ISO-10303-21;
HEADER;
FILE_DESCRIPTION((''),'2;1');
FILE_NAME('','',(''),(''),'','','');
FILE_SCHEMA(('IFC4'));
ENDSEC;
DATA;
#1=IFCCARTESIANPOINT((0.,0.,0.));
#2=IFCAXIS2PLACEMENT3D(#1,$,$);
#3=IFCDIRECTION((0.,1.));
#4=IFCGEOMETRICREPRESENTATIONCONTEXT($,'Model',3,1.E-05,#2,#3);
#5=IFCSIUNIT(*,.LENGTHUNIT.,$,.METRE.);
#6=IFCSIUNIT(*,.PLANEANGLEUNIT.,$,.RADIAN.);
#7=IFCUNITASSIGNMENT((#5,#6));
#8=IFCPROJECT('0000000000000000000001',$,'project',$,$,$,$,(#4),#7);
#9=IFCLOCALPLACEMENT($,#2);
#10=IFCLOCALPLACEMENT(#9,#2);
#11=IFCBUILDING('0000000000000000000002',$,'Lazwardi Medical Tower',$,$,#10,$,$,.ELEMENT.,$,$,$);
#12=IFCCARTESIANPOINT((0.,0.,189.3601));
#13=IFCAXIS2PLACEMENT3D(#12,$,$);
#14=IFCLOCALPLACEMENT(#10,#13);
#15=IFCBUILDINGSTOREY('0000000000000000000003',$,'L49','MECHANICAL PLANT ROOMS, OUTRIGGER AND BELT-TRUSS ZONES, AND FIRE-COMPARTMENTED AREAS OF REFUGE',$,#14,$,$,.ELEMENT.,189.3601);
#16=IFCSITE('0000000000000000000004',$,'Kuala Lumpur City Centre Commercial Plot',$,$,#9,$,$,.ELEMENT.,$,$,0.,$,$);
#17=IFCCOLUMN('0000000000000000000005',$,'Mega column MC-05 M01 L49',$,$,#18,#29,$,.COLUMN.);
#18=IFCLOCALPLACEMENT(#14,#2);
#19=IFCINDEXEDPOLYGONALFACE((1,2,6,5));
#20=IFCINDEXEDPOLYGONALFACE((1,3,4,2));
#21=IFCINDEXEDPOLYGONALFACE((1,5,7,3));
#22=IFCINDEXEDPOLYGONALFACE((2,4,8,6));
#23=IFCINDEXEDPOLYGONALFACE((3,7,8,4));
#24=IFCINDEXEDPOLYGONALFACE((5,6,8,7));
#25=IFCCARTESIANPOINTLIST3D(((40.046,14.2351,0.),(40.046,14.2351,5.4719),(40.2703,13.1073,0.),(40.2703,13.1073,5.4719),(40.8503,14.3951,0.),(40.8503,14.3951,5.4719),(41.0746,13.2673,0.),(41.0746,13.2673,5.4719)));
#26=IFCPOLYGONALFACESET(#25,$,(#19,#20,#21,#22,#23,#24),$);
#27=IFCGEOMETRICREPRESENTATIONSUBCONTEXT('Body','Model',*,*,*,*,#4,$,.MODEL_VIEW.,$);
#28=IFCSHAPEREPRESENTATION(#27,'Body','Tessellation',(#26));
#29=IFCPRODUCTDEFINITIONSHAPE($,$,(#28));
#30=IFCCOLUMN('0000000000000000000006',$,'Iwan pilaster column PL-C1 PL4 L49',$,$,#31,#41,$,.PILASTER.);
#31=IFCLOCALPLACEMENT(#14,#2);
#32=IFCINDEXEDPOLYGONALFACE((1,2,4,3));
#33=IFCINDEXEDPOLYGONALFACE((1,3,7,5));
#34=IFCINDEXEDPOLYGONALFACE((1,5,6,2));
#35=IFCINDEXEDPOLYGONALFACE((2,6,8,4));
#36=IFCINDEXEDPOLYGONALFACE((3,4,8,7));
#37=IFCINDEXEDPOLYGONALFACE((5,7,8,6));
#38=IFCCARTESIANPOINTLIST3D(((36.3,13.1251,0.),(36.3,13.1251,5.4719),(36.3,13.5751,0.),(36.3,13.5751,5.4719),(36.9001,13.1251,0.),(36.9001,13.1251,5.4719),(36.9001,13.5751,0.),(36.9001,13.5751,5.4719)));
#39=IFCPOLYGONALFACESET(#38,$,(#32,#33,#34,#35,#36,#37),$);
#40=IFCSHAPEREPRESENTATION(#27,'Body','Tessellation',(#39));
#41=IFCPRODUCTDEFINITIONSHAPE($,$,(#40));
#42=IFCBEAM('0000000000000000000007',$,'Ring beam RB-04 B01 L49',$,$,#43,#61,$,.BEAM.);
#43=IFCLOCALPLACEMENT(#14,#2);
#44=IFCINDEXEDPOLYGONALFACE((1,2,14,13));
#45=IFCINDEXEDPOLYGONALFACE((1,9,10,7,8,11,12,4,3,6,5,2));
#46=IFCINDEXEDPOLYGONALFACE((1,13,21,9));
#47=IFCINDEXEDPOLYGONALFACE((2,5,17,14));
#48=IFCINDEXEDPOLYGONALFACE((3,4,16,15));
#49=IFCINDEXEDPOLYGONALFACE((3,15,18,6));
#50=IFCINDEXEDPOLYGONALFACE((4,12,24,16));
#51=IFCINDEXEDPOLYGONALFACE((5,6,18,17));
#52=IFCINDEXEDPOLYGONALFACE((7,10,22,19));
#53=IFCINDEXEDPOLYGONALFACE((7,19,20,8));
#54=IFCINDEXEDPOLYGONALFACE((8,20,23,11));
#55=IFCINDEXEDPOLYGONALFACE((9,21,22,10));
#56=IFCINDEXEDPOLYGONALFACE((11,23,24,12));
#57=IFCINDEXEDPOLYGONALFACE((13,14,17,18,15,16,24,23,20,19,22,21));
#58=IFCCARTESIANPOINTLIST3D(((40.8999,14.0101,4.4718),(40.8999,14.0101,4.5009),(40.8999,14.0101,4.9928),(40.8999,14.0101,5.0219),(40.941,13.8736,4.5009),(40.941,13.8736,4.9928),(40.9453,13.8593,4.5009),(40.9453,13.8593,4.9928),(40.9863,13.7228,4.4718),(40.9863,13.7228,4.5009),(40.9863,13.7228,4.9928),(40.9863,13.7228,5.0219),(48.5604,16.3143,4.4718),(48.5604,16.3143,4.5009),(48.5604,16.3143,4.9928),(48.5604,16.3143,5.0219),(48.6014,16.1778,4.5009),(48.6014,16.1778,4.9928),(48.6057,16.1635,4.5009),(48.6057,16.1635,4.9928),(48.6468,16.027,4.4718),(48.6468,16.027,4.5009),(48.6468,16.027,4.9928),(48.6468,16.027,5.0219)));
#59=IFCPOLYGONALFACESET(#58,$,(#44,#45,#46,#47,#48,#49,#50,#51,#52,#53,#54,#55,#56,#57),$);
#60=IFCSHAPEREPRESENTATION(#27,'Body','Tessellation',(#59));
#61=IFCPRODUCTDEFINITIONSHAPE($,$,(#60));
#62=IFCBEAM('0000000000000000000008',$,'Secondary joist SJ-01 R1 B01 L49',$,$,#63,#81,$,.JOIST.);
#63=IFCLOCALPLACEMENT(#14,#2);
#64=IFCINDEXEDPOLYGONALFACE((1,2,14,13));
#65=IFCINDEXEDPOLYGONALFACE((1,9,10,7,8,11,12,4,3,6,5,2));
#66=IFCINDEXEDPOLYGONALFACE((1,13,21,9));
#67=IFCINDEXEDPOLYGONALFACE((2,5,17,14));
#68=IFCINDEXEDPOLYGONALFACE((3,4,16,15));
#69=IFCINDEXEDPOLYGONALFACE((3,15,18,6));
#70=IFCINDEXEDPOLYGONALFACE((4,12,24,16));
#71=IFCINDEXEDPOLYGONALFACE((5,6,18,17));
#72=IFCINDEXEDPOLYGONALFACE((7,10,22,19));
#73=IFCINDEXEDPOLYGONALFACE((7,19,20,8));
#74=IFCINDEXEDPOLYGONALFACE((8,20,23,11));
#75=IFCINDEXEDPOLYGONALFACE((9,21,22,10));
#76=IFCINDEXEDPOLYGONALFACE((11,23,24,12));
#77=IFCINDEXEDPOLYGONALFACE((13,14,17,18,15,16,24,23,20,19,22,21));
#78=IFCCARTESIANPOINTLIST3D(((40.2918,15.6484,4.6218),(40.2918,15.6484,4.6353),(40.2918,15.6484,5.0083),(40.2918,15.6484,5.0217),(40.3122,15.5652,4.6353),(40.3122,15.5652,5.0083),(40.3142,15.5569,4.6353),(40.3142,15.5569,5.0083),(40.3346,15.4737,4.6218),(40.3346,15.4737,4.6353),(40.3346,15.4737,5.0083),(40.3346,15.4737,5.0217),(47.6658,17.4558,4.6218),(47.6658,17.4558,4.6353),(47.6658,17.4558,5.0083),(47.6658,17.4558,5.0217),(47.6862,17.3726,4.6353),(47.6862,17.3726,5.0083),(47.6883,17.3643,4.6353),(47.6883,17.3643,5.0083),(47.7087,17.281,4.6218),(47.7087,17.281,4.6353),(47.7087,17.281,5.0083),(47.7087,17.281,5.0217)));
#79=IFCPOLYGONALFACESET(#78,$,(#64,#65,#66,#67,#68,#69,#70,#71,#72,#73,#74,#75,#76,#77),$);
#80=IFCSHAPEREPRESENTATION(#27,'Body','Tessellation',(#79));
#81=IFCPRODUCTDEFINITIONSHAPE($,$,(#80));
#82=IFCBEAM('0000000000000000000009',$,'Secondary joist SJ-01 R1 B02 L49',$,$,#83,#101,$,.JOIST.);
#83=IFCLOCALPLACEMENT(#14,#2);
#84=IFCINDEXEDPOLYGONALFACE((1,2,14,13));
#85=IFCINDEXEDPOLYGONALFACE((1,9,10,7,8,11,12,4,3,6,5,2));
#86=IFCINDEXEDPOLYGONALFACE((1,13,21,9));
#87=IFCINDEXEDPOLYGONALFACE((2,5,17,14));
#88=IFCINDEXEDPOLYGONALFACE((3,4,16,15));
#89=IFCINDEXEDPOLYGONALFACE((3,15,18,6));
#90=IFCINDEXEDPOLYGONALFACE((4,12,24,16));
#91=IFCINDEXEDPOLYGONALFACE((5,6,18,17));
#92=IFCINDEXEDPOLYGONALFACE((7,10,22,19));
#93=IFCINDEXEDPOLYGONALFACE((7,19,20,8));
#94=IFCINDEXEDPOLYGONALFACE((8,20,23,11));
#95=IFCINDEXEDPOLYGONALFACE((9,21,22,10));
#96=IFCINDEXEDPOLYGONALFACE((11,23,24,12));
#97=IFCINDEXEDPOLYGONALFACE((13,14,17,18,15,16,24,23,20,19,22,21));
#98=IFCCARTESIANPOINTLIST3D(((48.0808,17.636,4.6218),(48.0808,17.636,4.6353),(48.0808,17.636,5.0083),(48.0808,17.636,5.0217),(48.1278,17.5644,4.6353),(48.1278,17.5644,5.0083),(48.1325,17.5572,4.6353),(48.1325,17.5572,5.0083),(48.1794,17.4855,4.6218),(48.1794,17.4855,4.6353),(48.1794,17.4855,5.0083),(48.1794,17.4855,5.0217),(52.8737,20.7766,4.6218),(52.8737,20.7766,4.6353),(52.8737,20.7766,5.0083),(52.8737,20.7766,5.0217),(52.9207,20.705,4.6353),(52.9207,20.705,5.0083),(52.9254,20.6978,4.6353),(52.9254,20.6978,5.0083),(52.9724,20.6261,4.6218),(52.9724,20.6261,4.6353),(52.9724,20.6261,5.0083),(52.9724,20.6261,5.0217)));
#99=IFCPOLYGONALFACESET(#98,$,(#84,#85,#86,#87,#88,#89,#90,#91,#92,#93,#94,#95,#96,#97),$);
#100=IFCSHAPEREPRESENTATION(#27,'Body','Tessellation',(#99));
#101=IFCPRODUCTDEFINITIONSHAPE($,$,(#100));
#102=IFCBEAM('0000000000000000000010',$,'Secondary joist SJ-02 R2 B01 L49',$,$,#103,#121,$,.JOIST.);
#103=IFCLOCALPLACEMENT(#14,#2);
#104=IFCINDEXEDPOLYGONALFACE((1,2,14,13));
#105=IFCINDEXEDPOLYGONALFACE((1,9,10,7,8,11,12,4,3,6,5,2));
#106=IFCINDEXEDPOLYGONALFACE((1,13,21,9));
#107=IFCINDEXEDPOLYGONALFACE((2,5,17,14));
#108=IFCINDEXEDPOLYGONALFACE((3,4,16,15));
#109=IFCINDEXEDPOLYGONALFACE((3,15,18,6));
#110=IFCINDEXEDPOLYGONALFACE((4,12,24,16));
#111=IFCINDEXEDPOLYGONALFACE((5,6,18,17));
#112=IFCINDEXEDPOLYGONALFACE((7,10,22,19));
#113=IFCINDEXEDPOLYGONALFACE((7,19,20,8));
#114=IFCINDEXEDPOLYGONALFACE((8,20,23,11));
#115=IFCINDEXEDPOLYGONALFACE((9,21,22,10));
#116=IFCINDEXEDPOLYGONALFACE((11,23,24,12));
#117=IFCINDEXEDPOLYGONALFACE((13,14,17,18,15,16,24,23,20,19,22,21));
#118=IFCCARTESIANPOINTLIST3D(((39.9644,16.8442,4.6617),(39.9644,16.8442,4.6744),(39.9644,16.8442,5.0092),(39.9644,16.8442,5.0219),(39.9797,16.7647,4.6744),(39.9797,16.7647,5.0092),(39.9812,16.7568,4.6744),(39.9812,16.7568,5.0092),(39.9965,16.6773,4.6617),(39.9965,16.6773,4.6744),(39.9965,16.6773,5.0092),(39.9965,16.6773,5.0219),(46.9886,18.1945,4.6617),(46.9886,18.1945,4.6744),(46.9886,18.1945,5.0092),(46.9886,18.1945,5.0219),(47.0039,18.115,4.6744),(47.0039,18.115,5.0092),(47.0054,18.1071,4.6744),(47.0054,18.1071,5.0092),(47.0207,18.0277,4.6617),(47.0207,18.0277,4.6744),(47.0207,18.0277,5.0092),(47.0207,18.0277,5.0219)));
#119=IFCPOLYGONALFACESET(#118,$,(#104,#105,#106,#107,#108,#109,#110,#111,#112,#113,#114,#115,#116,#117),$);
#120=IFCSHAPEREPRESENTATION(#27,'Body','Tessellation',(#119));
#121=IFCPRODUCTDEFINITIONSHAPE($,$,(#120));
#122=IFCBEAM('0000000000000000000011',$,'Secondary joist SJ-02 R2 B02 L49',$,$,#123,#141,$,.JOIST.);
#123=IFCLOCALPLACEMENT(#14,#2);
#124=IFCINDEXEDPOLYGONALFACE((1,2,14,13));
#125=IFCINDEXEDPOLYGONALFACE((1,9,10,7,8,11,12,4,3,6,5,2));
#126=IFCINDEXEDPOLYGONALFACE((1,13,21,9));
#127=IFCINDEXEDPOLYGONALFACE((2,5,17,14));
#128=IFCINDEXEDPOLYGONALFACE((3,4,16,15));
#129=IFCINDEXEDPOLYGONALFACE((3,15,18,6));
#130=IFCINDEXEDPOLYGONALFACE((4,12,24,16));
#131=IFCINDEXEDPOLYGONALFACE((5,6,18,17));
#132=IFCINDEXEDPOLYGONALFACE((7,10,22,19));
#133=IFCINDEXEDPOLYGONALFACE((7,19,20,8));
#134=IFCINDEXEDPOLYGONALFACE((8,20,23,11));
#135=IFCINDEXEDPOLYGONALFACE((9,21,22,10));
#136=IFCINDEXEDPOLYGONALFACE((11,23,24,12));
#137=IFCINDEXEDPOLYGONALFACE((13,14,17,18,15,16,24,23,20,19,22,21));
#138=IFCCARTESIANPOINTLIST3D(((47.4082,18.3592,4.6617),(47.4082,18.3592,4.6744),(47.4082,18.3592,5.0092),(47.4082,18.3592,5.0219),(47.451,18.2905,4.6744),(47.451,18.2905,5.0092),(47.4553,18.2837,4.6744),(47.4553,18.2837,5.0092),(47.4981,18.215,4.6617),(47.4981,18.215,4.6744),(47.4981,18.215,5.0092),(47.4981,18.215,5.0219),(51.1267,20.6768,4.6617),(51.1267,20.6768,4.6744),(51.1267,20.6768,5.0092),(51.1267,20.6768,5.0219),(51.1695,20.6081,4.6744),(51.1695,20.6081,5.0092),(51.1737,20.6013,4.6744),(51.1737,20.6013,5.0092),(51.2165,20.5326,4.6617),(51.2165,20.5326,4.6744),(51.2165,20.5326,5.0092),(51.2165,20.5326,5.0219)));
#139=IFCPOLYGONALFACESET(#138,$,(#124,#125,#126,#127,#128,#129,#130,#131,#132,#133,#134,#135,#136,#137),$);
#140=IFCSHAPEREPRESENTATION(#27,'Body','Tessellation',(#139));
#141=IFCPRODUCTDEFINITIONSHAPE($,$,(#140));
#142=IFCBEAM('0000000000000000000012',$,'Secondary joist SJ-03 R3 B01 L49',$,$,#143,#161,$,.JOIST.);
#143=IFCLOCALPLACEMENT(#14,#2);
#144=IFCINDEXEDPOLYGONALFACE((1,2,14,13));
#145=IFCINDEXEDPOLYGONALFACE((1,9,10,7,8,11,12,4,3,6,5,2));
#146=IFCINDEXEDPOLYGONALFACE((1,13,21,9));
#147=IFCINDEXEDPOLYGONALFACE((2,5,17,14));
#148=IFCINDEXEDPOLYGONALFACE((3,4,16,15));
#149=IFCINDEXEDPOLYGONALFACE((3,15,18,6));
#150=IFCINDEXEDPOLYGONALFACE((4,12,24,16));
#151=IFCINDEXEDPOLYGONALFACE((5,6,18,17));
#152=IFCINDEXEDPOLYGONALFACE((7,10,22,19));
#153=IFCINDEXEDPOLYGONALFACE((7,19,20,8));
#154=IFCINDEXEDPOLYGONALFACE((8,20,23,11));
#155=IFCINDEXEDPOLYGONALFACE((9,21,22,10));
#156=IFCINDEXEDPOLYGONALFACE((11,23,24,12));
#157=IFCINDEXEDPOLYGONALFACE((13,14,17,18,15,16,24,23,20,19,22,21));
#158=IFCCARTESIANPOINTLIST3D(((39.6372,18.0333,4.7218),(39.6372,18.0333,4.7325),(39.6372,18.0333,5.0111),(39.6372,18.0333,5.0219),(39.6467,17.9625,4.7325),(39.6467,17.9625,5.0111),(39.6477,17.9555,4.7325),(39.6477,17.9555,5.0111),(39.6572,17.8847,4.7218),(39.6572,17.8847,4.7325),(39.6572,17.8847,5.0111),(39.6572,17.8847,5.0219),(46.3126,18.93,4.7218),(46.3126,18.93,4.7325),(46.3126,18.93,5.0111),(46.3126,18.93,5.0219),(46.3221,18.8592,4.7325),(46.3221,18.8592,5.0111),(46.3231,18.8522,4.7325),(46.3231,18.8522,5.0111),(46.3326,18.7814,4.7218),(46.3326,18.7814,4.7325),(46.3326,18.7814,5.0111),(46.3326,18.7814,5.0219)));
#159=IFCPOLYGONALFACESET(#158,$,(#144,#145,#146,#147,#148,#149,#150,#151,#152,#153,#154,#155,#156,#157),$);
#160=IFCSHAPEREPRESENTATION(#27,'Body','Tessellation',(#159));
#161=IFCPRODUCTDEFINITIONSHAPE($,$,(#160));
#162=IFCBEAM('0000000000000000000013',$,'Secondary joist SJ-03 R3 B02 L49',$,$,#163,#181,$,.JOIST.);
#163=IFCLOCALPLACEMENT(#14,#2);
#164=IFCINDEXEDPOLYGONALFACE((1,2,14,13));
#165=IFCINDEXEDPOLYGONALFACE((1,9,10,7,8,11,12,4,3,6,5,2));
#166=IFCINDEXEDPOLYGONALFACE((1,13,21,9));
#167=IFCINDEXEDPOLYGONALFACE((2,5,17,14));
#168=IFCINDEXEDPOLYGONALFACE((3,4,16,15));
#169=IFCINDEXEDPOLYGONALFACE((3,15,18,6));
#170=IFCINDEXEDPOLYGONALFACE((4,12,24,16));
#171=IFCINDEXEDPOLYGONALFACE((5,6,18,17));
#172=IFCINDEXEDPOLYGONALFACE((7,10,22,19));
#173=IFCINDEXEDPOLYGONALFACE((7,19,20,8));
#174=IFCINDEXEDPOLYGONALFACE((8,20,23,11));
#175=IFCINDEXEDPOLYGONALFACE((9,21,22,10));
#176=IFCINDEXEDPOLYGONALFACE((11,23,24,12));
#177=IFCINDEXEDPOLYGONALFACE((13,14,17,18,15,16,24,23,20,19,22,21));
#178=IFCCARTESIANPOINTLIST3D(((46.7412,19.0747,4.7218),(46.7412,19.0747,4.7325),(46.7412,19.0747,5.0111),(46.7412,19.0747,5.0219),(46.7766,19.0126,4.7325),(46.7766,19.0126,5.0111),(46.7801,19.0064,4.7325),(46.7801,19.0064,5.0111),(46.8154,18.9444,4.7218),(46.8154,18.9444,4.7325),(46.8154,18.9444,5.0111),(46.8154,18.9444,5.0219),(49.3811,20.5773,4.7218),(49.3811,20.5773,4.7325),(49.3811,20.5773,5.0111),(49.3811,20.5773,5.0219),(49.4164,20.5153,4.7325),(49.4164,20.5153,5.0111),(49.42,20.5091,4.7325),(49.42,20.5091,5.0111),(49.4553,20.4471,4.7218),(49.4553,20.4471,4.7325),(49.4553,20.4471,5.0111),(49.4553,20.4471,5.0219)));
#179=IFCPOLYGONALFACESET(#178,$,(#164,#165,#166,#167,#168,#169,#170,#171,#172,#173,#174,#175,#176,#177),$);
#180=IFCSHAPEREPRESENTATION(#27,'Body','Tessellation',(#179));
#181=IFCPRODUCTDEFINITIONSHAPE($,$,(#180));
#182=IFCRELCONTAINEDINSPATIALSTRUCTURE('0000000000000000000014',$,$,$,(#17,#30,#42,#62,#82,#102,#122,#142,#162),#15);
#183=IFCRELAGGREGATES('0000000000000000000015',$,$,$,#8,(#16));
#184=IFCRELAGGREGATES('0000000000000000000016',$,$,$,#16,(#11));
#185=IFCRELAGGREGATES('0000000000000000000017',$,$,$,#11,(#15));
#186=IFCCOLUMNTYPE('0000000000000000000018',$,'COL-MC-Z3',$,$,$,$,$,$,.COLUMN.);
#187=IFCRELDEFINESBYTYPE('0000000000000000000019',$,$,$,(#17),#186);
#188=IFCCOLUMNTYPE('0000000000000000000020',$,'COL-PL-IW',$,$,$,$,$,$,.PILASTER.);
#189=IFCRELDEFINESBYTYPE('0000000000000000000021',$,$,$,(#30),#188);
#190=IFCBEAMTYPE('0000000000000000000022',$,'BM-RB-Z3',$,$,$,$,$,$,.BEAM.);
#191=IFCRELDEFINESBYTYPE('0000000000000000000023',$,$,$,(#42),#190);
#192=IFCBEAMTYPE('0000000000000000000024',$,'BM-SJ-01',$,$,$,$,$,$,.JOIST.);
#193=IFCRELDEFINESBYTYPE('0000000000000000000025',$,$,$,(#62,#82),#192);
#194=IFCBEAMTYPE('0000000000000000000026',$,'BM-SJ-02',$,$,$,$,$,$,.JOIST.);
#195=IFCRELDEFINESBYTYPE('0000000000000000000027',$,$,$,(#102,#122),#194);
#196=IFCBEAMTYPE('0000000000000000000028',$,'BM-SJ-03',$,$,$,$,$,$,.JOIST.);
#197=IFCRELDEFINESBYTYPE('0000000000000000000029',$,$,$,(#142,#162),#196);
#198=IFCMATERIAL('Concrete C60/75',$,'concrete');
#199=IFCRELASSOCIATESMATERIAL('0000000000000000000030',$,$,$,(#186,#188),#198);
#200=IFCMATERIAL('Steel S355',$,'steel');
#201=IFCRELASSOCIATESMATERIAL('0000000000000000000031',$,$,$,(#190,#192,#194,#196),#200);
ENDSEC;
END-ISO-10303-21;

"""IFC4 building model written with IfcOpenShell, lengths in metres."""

from ifc_helpers import new_model, si_unit, direction, frame, origin, origin_2d, place, context, subcontext, project, spatial, rectangle, i_section, extrude, material, material_profile, profile_set, type_object, element, save


model = new_model("IFC4")

# Units and contexts
model_context = context("Model", 3, precision=1e-05, world=origin(), true_north=direction((0.0, 1.0)))
body_context = subcontext(model_context, "Body", "Model", "MODEL_VIEW")
ifc_project = project(units=[si_unit("LENGTHUNIT", "METRE"), si_unit("PLANEANGLEUNIT", "RADIAN")], contexts=[model_context])

# Site, building, storey
site_placement = place(None, origin())
site = spatial("IfcSite", under=ifc_project, at=site_placement, Name="Kuala Lumpur City Centre Commercial Plot", CompositionType="ELEMENT", RefElevation=0.0)
building_placement = place(site_placement, origin())
building = spatial("IfcBuilding", under=site, at=building_placement, Name="Lazwardi Medical Tower", CompositionType="ELEMENT")
storey_placement = place(building_placement, frame((0.0, 0.0, 189.3601)))
storey = spatial("IfcBuildingStorey", under=building, at=storey_placement, Name="L49", Description="MECHANICAL PLANT ROOMS, OUTRIGGER AND BELT-TRUSS ZONES, AND FIRE-COMPARTMENTED AREAS OF REFUGE", CompositionType="ELEMENT", Elevation=189.3601)

# Columns
ifc_material_1 = material(Name="Concrete C60/75", Category="concrete")
ifc_material_profile_1 = material_profile(ifc_material_1, rectangle(XDim=1.1499, YDim=0.8201, at=origin_2d()), Name="CFT-RECT 1150x820")
ifc_profile_set_1 = profile_set([ifc_material_profile_1], Name="Concrete C60/75")
column_type_1 = type_object("IfcColumnType", Name="COL-MC-Z3", PredefinedType="COLUMN", material=ifc_profile_set_1)
column_1_placement = place(storey_placement, frame((40.5603, 13.7512, 0.0), z_axis=(0.0, 0.0, 1.0), x_axis=(0.19509, -0.980785, 0.0)))
element("IfcColumn", 1, at=column_1_placement, inside=storey, type_object=column_type_1, Name="Mega column MC-05 M01 L49", PredefinedType="COLUMN", context=body_context, shape_type="SweptSolid", body=[
    extrude(rectangle(XDim=1.1499, YDim=0.8201, at=origin_2d()), origin(), (0.0, 0.0, 1.0), 5.4719),
])
ifc_material_profile_2 = material_profile(ifc_material_1, rectangle(XDim=0.6001, YDim=0.45, at=origin_2d()), Name="RC 600x450")
ifc_profile_set_2 = profile_set([ifc_material_profile_2], Name="Concrete C60/75")
column_type_2 = type_object("IfcColumnType", Name="COL-PL-IW", PredefinedType="PILASTER", material=ifc_profile_set_2)
column_2_placement = place(storey_placement, frame((36.6001, 13.3501, 0.0), z_axis=(0.0, 0.0, 1.0), x_axis=(1.0, 0.0, 0.0)))
element("IfcColumn", 2, at=column_2_placement, inside=storey, type_object=column_type_2, Name="Iwan pilaster column PL-C1 PL4 L49", PredefinedType="PILASTER", context=body_context, shape_type="SweptSolid", body=[
    extrude(rectangle(XDim=0.6001, YDim=0.45, at=origin_2d()), origin(), (0.0, 0.0, 1.0), 5.4719),
])

# Beams
ifc_material_2 = material(Name="Steel S355", Category="steel")
ifc_material_profile_3 = material_profile(ifc_material_2, i_section(OverallWidth=0.3, OverallDepth=0.55, WebThickness=0.0149, FlangeThickness=0.0291, at=origin_2d()), Name="HEB 550")
ifc_profile_set_3 = profile_set([ifc_material_profile_3], Name="Steel S355")
beam_type_1 = type_object("IfcBeamType", Name="BM-RB-Z3", PredefinedType="BEAM", material=ifc_profile_set_3)
beam_1_placement = place(storey_placement, frame((40.9431, 13.8665, 4.7468), z_axis=(0.957617, 0.288045, 0.0), x_axis=(-0.288045, 0.957617, 0.0)))
element("IfcBeam", 3, at=beam_1_placement, inside=storey, type_object=beam_type_1, Name="Ring beam RB-04 B01 L49", PredefinedType="BEAM", context=body_context, shape_type="SweptSolid", body=[
    extrude(i_section(OverallWidth=0.3, OverallDepth=0.55, WebThickness=0.0149, FlangeThickness=0.0291, at=origin_2d()), origin(), (0.0, 0.0, 1.0), 7.9995),
])
ifc_material_profile_4 = material_profile(ifc_material_2, i_section(OverallWidth=0.1799, OverallDepth=0.3999, WebThickness=0.0085, FlangeThickness=0.0134, at=origin_2d()), Name="IPE 400")
ifc_profile_set_4 = profile_set([ifc_material_profile_4], Name="Steel S355")
beam_type_2 = type_object("IfcBeamType", Name="BM-SJ-01", PredefinedType="JOIST", material=ifc_profile_set_4)
beam_2_placement = place(storey_placement, frame((40.3132, 15.561, 4.8218), z_axis=(0.971252, 0.238054, 0.0), x_axis=(-0.238054, 0.971252, 0.0)))
element("IfcBeam", 4, at=beam_2_placement, inside=storey, type_object=beam_type_2, Name="Secondary joist SJ-01 R1 B01 L49", PredefinedType="JOIST", context=body_context, shape_type="SweptSolid", body=[
    extrude(i_section(OverallWidth=0.1799, OverallDepth=0.3999, WebThickness=0.0085, FlangeThickness=0.0134, at=origin_2d()), origin(), (0.0, 0.0, 1.0), 7.5923),
])
beam_3_placement = place(storey_placement, frame((48.1301, 17.5608, 4.8218), z_axis=(0.836429, 0.548076, 0.0), x_axis=(-0.548076, 0.836429, 0.0)))
element("IfcBeam", 5, at=beam_3_placement, inside=storey, type_object=beam_type_2, Name="Secondary joist SJ-01 R1 B02 L49", PredefinedType="JOIST", context=body_context, shape_type="SweptSolid", body=[
    extrude(i_section(OverallWidth=0.1799, OverallDepth=0.3999, WebThickness=0.0085, FlangeThickness=0.0134, at=origin_2d()), origin(), (0.0, 0.0, 1.0), 5.7302),
])
ifc_material_profile_5 = material_profile(ifc_material_2, i_section(OverallWidth=0.1699, OverallDepth=0.3601, WebThickness=0.0081, FlangeThickness=0.0127, at=origin_2d()), Name="IPE 360")
ifc_profile_set_5 = profile_set([ifc_material_profile_5], Name="Steel S355")
beam_type_3 = type_object("IfcBeamType", Name="BM-SJ-02", PredefinedType="JOIST", material=ifc_profile_set_5)
beam_4_placement = place(storey_placement, frame((39.9805, 16.7607, 4.8418), z_axis=(0.982018, 0.188785, 0.0), x_axis=(-0.188785, 0.982018, 0.0)))
element("IfcBeam", 6, at=beam_4_placement, inside=storey, type_object=beam_type_3, Name="Secondary joist SJ-02 R2 B01 L49", PredefinedType="JOIST", context=body_context, shape_type="SweptSolid", body=[
    extrude(i_section(OverallWidth=0.1699, OverallDepth=0.3601, WebThickness=0.0081, FlangeThickness=0.0127, at=origin_2d()), origin(), (0.0, 0.0, 1.0), 7.1528),
])
beam_5_placement = place(storey_placement, frame((47.4531, 18.2871, 4.8418), z_axis=(0.848658, 0.528942, 0.0), x_axis=(-0.528942, 0.848658, 0.0)))
element("IfcBeam", 7, at=beam_5_placement, inside=storey, type_object=beam_type_3, Name="Secondary joist SJ-02 R2 B02 L49", PredefinedType="JOIST", context=body_context, shape_type="SweptSolid", body=[
    extrude(i_section(OverallWidth=0.1699, OverallDepth=0.3601, WebThickness=0.0081, FlangeThickness=0.0127, at=origin_2d()), origin(), (0.0, 0.0, 1.0), 4.3816),
])
ifc_material_profile_6 = material_profile(ifc_material_2, i_section(OverallWidth=0.1499, OverallDepth=0.3, WebThickness=0.0071, FlangeThickness=0.0107, at=origin_2d()), Name="IPE 300")
ifc_profile_set_6 = profile_set([ifc_material_profile_6], Name="Steel S355")
beam_type_4 = type_object("IfcBeamType", Name="BM-SJ-03", PredefinedType="JOIST", material=ifc_profile_set_6)
beam_6_placement = place(storey_placement, frame((39.6472, 17.959, 4.8718), z_axis=(0.991097, 0.13314, 0.0), x_axis=(-0.13314, 0.991097, 0.0)))
element("IfcBeam", 8, at=beam_6_placement, inside=storey, type_object=beam_type_4, Name="Secondary joist SJ-03 R3 B01 L49", PredefinedType="JOIST", context=body_context, shape_type="SweptSolid", body=[
    extrude(i_section(OverallWidth=0.1499, OverallDepth=0.3, WebThickness=0.0071, FlangeThickness=0.0107, at=origin_2d()), origin(), (0.0, 0.0, 1.0), 6.7354),
])
beam_7_placement = place(storey_placement, frame((46.7783, 19.0095, 4.8718), z_axis=(0.869068, 0.494693, 0.0), x_axis=(-0.494693, 0.869068, 0.0)))
element("IfcBeam", 9, at=beam_7_placement, inside=storey, type_object=beam_type_4, Name="Secondary joist SJ-03 R3 B02 L49", PredefinedType="JOIST", context=body_context, shape_type="SweptSolid", body=[
    extrude(i_section(OverallWidth=0.1499, OverallDepth=0.3, WebThickness=0.0071, FlangeThickness=0.0107, at=origin_2d()), origin(), (0.0, 0.0, 1.0), 3.0376),
])

save(model, "model.ifc")
